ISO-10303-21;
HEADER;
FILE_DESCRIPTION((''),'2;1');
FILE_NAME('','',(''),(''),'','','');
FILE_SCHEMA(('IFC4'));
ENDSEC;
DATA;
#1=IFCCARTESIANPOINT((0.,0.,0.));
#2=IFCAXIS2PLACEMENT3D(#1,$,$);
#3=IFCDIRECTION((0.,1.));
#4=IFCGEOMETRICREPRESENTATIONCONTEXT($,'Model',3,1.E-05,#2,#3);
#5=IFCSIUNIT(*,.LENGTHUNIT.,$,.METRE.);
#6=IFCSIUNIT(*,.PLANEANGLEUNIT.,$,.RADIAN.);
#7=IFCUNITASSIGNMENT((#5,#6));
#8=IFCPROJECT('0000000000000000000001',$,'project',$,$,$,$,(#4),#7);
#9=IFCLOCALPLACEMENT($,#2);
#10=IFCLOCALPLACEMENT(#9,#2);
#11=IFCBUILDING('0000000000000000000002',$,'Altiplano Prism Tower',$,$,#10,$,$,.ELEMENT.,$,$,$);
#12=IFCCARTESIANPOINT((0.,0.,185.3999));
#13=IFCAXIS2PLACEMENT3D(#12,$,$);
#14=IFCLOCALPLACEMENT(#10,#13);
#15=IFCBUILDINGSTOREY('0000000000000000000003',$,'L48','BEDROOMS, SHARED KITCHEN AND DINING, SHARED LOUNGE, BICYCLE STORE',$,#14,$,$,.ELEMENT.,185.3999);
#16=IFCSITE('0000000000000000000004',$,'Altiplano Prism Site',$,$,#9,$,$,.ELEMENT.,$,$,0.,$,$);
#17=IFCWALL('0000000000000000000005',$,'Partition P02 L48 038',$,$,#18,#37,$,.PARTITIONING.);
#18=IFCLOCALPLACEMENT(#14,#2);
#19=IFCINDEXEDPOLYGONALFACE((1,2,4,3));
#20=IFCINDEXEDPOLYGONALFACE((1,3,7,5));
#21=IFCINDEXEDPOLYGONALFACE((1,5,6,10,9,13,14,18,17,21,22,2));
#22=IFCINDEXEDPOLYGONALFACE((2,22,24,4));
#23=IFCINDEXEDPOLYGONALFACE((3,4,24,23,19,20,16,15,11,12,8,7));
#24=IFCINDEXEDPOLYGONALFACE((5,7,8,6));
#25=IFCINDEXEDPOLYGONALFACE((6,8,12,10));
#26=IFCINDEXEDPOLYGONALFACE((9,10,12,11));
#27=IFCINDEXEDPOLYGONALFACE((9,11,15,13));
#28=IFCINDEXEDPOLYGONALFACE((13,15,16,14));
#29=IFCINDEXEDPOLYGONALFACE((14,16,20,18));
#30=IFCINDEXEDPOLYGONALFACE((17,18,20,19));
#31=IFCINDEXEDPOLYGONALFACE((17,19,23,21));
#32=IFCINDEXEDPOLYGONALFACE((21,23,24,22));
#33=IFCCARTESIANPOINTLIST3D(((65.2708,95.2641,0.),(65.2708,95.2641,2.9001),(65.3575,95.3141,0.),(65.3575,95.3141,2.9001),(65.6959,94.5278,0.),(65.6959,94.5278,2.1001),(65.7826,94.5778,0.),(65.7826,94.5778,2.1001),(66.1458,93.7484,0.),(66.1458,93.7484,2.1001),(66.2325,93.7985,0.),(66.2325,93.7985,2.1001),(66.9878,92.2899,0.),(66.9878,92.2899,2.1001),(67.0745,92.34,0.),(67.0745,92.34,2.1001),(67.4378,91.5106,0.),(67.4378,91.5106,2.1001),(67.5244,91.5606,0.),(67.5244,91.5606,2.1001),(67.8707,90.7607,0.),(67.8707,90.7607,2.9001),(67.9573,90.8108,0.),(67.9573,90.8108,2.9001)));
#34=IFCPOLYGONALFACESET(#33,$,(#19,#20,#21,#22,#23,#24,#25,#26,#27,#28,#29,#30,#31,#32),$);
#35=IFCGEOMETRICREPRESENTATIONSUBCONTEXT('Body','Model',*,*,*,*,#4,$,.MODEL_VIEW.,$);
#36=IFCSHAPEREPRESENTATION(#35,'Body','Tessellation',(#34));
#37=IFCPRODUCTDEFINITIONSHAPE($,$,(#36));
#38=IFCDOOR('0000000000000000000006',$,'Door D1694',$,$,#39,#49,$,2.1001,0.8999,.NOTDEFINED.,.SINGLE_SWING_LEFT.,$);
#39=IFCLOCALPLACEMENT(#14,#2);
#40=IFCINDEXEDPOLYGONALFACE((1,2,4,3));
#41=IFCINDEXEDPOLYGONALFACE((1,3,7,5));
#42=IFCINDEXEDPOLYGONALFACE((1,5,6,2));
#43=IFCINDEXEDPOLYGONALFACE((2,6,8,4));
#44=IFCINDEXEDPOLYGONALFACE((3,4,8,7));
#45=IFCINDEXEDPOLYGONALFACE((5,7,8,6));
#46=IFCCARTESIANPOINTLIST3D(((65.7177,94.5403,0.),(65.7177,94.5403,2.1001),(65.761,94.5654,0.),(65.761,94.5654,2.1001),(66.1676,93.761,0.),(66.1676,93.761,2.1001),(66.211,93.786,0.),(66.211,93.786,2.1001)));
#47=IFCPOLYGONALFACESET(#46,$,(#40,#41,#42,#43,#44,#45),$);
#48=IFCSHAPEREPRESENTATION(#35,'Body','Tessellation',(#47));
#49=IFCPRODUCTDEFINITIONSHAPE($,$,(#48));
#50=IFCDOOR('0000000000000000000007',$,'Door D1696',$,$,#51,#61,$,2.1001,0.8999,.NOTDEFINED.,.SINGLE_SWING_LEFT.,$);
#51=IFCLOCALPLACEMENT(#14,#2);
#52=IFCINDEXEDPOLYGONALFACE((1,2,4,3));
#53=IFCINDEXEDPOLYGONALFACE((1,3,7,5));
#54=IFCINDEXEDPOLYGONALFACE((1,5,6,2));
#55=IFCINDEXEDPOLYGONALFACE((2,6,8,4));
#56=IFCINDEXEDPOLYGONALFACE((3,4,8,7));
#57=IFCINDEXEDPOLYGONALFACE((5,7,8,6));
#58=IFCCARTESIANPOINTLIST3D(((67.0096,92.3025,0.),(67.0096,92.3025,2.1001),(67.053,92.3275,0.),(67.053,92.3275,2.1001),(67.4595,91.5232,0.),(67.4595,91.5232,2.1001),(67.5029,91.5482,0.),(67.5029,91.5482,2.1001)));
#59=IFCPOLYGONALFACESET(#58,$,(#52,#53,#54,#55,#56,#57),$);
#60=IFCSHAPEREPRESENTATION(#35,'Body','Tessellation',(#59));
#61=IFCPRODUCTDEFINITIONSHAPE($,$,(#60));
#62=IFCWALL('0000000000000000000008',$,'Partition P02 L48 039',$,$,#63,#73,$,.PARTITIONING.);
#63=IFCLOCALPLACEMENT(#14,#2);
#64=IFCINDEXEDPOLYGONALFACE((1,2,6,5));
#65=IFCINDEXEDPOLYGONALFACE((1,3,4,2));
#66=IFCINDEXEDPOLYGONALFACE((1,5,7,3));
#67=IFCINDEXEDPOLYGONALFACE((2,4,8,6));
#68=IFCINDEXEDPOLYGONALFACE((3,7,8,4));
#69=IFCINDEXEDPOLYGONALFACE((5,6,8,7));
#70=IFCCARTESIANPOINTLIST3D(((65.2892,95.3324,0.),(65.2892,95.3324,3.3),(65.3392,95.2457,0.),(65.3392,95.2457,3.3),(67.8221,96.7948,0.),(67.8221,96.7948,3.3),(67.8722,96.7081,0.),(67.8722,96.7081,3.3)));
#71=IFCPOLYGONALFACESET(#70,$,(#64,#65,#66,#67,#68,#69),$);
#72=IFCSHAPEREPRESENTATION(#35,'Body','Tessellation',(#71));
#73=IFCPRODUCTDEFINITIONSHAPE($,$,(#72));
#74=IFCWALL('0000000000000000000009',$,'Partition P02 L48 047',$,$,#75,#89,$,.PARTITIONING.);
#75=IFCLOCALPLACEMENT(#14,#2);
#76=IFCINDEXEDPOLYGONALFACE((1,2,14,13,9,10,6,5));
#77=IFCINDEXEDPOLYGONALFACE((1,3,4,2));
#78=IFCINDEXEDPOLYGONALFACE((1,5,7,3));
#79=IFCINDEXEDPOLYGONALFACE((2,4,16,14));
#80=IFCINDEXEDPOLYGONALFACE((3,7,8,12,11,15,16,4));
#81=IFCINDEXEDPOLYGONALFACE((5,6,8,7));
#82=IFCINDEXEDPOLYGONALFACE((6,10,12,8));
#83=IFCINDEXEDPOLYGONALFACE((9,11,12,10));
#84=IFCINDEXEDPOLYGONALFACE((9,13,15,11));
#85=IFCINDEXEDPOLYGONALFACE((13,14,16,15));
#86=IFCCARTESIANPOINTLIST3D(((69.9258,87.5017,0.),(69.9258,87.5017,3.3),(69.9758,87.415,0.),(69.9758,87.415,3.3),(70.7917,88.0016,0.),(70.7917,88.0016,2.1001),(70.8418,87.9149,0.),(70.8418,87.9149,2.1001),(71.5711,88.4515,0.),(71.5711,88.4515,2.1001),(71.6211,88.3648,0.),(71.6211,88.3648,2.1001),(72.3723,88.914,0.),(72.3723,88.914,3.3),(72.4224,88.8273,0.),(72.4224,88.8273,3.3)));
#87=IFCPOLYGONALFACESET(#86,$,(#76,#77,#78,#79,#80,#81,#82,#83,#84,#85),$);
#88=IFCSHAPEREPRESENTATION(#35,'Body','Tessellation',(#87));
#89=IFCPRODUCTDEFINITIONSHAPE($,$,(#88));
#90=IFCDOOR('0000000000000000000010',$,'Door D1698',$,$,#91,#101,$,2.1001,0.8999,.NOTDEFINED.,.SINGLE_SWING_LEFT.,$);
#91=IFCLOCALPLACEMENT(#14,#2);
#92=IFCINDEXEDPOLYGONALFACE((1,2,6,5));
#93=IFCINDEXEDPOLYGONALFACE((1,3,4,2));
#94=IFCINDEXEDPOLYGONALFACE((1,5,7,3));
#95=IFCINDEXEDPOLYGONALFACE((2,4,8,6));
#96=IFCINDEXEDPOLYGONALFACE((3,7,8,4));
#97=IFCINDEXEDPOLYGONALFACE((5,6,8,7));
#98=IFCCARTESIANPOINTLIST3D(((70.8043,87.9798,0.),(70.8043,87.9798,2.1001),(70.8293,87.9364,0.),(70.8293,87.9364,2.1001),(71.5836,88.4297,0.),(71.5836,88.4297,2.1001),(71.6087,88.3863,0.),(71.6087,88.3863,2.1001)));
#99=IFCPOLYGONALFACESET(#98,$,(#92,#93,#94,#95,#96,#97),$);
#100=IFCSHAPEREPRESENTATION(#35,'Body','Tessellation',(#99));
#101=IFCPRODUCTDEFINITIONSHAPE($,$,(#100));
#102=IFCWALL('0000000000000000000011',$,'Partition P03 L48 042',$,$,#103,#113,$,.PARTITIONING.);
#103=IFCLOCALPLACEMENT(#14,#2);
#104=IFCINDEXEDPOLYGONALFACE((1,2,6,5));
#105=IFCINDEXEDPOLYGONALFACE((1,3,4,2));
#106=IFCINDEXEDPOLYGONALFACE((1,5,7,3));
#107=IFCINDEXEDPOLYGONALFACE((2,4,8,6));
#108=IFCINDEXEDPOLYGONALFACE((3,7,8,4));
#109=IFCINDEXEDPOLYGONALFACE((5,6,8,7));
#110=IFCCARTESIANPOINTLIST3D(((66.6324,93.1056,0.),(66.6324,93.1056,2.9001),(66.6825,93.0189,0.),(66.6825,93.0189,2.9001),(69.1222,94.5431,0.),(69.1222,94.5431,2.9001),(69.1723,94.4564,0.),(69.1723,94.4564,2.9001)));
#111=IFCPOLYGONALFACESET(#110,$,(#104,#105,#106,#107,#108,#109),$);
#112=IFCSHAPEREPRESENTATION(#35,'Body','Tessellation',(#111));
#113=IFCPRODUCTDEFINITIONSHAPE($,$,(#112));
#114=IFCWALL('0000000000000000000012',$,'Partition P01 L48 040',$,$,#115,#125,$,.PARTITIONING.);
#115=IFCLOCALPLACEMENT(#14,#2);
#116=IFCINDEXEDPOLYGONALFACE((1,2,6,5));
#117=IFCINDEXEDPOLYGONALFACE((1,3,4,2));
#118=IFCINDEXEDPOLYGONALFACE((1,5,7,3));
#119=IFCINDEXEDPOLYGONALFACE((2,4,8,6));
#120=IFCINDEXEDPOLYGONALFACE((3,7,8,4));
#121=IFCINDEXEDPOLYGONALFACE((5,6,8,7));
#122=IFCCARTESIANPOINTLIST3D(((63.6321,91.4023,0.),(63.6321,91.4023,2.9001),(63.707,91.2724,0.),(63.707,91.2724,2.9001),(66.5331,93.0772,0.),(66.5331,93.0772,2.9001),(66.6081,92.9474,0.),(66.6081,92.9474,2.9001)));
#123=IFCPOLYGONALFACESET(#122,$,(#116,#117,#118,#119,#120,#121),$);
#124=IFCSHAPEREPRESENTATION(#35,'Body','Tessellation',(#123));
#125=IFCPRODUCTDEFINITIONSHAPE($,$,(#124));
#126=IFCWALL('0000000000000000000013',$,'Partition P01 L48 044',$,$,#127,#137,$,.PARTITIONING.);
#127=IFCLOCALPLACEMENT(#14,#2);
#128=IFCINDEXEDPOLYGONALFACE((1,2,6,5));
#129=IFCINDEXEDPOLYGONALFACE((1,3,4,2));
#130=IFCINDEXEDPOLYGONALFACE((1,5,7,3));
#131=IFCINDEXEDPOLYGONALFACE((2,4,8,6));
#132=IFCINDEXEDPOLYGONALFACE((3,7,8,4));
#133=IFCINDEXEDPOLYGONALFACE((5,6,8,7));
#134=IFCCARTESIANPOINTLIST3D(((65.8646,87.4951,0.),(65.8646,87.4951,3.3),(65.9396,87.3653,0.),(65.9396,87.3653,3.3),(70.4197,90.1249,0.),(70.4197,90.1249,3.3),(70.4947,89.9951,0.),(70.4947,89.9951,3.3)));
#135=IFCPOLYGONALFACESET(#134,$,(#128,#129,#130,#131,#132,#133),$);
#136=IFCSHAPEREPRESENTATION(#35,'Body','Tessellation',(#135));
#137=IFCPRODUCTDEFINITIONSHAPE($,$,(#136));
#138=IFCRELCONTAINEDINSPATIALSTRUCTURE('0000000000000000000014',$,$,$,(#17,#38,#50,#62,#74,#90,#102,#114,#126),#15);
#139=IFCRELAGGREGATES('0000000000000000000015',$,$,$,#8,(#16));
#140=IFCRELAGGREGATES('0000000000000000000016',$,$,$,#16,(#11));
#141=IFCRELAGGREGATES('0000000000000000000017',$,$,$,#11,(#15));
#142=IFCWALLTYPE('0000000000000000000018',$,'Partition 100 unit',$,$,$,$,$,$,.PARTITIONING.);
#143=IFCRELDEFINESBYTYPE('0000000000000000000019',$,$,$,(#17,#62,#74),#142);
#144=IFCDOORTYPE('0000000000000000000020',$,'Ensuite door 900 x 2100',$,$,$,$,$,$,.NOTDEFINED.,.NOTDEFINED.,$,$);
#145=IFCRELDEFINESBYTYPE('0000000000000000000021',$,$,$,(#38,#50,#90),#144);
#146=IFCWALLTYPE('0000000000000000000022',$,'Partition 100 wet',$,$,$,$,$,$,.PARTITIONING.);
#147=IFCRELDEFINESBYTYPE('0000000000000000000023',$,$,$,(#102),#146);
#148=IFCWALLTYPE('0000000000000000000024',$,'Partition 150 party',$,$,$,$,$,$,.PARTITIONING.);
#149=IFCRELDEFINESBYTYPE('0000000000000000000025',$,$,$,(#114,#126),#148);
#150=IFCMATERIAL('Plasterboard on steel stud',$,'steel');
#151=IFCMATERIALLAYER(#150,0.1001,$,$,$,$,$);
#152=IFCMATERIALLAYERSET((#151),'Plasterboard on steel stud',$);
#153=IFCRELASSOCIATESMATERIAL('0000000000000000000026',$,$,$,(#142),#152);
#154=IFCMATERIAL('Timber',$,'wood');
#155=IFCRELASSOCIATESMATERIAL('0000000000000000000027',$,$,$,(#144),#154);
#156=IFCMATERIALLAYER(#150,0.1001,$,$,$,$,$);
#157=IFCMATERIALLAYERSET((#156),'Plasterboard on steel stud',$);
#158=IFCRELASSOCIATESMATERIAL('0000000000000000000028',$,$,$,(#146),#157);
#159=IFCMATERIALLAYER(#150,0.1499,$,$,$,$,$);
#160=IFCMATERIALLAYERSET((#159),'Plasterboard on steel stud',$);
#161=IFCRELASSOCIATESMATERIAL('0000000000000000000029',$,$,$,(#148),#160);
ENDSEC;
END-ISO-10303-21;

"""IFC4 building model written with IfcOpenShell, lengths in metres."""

from ifc_helpers import new_model, si_unit, direction, frame, frame_2d, origin, place, context, subcontext, project, spatial, rectangle, extrude, material, layer, layer_set, type_object, element, fill, save


model = new_model("IFC4")

# Units and contexts
model_context = context("Model", 3, precision=1e-05, world=origin(), true_north=direction((0.0, 1.0)))
body_context = subcontext(model_context, "Body", "Model", "MODEL_VIEW")
ifc_project = project(units=[si_unit("LENGTHUNIT", "METRE"), si_unit("PLANEANGLEUNIT", "RADIAN")], contexts=[model_context])

# Site, building, storey
site_placement = place(None, origin())
site = spatial("IfcSite", under=ifc_project, at=site_placement, Name="Altiplano Prism Site", CompositionType="ELEMENT", RefElevation=0.0)
building_placement = place(site_placement, origin())
building = spatial("IfcBuilding", under=site, at=building_placement, Name="Altiplano Prism Tower", CompositionType="ELEMENT")
storey_placement = place(building_placement, frame((0.0, 0.0, 185.3999)))
storey = spatial("IfcBuildingStorey", under=building, at=storey_placement, Name="L48", Description="BEDROOMS, SHARED KITCHEN AND DINING, SHARED LOUNGE, BICYCLE STORE", CompositionType="ELEMENT", Elevation=185.3999)

# Wall, openings, doors
ifc_material_1 = material(Name="Plasterboard on steel stud", Category="steel")
ifc_layer_1 = layer(ifc_material_1, 0.1001)
ifc_layer_set_1 = layer_set([ifc_layer_1], Name="Plasterboard on steel stud")
wall_type_1 = type_object("IfcWallType", Name="Partition 100 unit", PredefinedType="PARTITIONING", material=ifc_layer_set_1)
wall_1_placement = place(storey_placement, frame((67.9141, 90.7856, 0.0), z_axis=(0.0, 0.0, 1.0), x_axis=(-0.499972, 0.866042, 0.0)))
wall_1 = element("IfcWall", 1, at=wall_1_placement, inside=storey, type_object=wall_type_1, Name="Partition P02 L48 038", PredefinedType="PARTITIONING", context=body_context, shape_type="SweptSolid", body=[
    extrude(rectangle(XDim=5.2, YDim=0.1001, at=frame_2d((2.6001, 0.0))), origin(), (0.0, 0.0, 1.0), 2.9001),
])
opening_1_placement = place(wall_1_placement, frame((3.45, 0.0, 0.0)))
opening_1 = element("IfcOpeningElement", 2, at=opening_1_placement, cuts=wall_1, PredefinedType="OPENING", context=body_context, shape_type="SweptSolid", body=[
    extrude(rectangle(XDim=0.8999, YDim=2.1001, at=frame_2d((0.45, 1.05))), frame((0.0, 0.0605, 0.0), z_axis=(0.0, -1.0, 0.0), x_axis=(1.0, 0.0, 0.0)), (0.0, 0.0, 1.0), 0.1211),
])
opening_2_placement = place(wall_1_placement, frame((0.866, 0.0, 0.0)))
opening_2 = element("IfcOpeningElement", 3, at=opening_2_placement, cuts=wall_1, PredefinedType="OPENING", context=body_context, shape_type="SweptSolid", body=[
    extrude(rectangle(XDim=0.8999, YDim=2.1001, at=frame_2d((0.45, 1.05))), frame((0.0, 0.0605, 0.0), z_axis=(0.0, -1.0, 0.0), x_axis=(1.0, 0.0, 0.0)), (0.0, 0.0, 1.0), 0.1211),
])
ifc_material_2 = material(Name="Timber", Category="wood")
door_type = type_object("IfcDoorType", Name="Ensuite door 900 x 2100", OperationType="NOTDEFINED", PredefinedType="NOTDEFINED", material=ifc_material_2)
door_1_placement = place(opening_1_placement, origin())
door_1 = element("IfcDoor", 4, at=door_1_placement, inside=storey, type_object=door_type, Name="Door D1694", OperationType="SINGLE_SWING_LEFT", OverallHeight=2.1001, OverallWidth=0.8999, PredefinedType="NOTDEFINED", context=body_context, shape_type="SweptSolid", body=[
    extrude(rectangle(XDim=0.8999, YDim=2.1001, at=frame_2d((0.45, 1.05))), frame((0.0, 0.0249, 0.0), z_axis=(0.0, -1.0, 0.0), x_axis=(1.0, 0.0, 0.0)), (0.0, 0.0, 1.0), 0.05),
])
fill(opening_1, door_1)
door_2_placement = place(opening_2_placement, origin())
door_2 = element("IfcDoor", 5, at=door_2_placement, inside=storey, type_object=door_type, Name="Door D1696", OperationType="SINGLE_SWING_LEFT", OverallHeight=2.1001, OverallWidth=0.8999, PredefinedType="NOTDEFINED", context=body_context, shape_type="SweptSolid", body=[
    extrude(rectangle(XDim=0.8999, YDim=2.1001, at=frame_2d((0.45, 1.05))), frame((0.0, 0.0249, 0.0), z_axis=(0.0, -1.0, 0.0), x_axis=(1.0, 0.0, 0.0)), (0.0, 0.0, 1.0), 0.05),
])
fill(opening_2, door_2)

# Wall
wall_2_placement = place(storey_placement, frame((65.3142, 95.2891, 0.0), z_axis=(0.0, 0.0, 1.0), x_axis=(0.866026, 0.499999, 0.0)))
element("IfcWall", 6, at=wall_2_placement, inside=storey, type_object=wall_type_1, Name="Partition P02 L48 039", PredefinedType="PARTITIONING", context=body_context, shape_type="SweptSolid", body=[
    extrude(rectangle(XDim=2.9248, YDim=0.1001, at=frame_2d((1.4624, 0.0))), origin(), (0.0, 0.0, 1.0), 3.3),
])

# Wall, opening, door
wall_3_placement = place(storey_placement, frame((69.9507, 87.4583, 0.0), z_axis=(0.0, 0.0, 1.0), x_axis=(0.866049, 0.499959, 0.0)))
wall_3 = element("IfcWall", 7, at=wall_3_placement, inside=storey, type_object=wall_type_1, Name="Partition P02 L48 047", PredefinedType="PARTITIONING", context=body_context, shape_type="SweptSolid", body=[
    extrude(rectangle(XDim=2.825, YDim=0.1001, at=frame_2d((1.4126, 0.0))), origin(), (0.0, 0.0, 1.0), 3.3),
])
opening_3_placement = place(wall_3_placement, frame((1.0, 0.0, 0.0)))
opening_3 = element("IfcOpeningElement", 8, at=opening_3_placement, cuts=wall_3, PredefinedType="OPENING", context=body_context, shape_type="SweptSolid", body=[
    extrude(rectangle(XDim=0.8999, YDim=2.1001, at=frame_2d((0.45, 1.05))), frame((0.0, 0.0605, 0.0), z_axis=(0.0, -1.0, 0.0), x_axis=(1.0, 0.0, 0.0)), (0.0, 0.0, 1.0), 0.1211),
])
door_3_placement = place(opening_3_placement, origin())
door_3 = element("IfcDoor", 9, at=door_3_placement, inside=storey, type_object=door_type, Name="Door D1698", OperationType="SINGLE_SWING_LEFT", OverallHeight=2.1001, OverallWidth=0.8999, PredefinedType="NOTDEFINED", context=body_context, shape_type="SweptSolid", body=[
    extrude(rectangle(XDim=0.8999, YDim=2.1001, at=frame_2d((0.45, 1.05))), frame((0.0, 0.0249, 0.0), z_axis=(0.0, -1.0, 0.0), x_axis=(1.0, 0.0, 0.0)), (0.0, 0.0, 1.0), 0.05),
])
fill(opening_3, door_3)

# Walls
ifc_layer_2 = layer(ifc_material_1, 0.1001)
ifc_layer_set_2 = layer_set([ifc_layer_2], Name="Plasterboard on steel stud")
wall_type_2 = type_object("IfcWallType", Name="Partition 100 wet", PredefinedType="PARTITIONING", material=ifc_layer_set_2)
wall_4_placement = place(storey_placement, frame((66.6575, 93.0623, 0.0), z_axis=(0.0, 0.0, 1.0), x_axis=(0.866019, 0.500012, 0.0)))
element("IfcWall", 10, at=wall_4_placement, inside=storey, type_object=wall_type_2, Name="Partition P03 L48 042", PredefinedType="PARTITIONING", context=body_context, shape_type="SweptSolid", body=[
    extrude(rectangle(XDim=2.875, YDim=0.1001, at=frame_2d((1.4375, 0.0))), origin(), (0.0, 0.0, 1.0), 2.9001),
])
ifc_layer_3 = layer(ifc_material_1, 0.1499)
ifc_layer_set_3 = layer_set([ifc_layer_3], Name="Plasterboard on steel stud")
wall_type_3 = type_object("IfcWallType", Name="Partition 150 party", PredefinedType="PARTITIONING", material=ifc_layer_set_3)
wall_5_placement = place(storey_placement, frame((63.6697, 91.3374, 0.0), z_axis=(0.0, 0.0, 1.0), x_axis=(0.866014, 0.500019, 0.0)))
element("IfcWall", 11, at=wall_5_placement, inside=storey, type_object=wall_type_3, Name="Partition P01 L48 040", PredefinedType="PARTITIONING", context=body_context, shape_type="SweptSolid", body=[
    extrude(rectangle(XDim=3.3499, YDim=0.1499, at=frame_2d((1.6748, 0.0))), origin(), (0.0, 0.0, 1.0), 2.9001),
])
wall_6_placement = place(storey_placement, frame((65.9021, 87.4302, 0.0), z_axis=(0.0, 0.0, 1.0), x_axis=(0.866029, 0.499993, 0.0)))
element("IfcWall", 12, at=wall_6_placement, inside=storey, type_object=wall_type_3, Name="Partition P01 L48 044", PredefinedType="PARTITIONING", context=body_context, shape_type="SweptSolid", body=[
    extrude(rectangle(XDim=5.2598, YDim=0.1499, at=frame_2d((2.6299, 0.0))), origin(), (0.0, 0.0, 1.0), 3.3),
])

save(model, "model.ifc")
